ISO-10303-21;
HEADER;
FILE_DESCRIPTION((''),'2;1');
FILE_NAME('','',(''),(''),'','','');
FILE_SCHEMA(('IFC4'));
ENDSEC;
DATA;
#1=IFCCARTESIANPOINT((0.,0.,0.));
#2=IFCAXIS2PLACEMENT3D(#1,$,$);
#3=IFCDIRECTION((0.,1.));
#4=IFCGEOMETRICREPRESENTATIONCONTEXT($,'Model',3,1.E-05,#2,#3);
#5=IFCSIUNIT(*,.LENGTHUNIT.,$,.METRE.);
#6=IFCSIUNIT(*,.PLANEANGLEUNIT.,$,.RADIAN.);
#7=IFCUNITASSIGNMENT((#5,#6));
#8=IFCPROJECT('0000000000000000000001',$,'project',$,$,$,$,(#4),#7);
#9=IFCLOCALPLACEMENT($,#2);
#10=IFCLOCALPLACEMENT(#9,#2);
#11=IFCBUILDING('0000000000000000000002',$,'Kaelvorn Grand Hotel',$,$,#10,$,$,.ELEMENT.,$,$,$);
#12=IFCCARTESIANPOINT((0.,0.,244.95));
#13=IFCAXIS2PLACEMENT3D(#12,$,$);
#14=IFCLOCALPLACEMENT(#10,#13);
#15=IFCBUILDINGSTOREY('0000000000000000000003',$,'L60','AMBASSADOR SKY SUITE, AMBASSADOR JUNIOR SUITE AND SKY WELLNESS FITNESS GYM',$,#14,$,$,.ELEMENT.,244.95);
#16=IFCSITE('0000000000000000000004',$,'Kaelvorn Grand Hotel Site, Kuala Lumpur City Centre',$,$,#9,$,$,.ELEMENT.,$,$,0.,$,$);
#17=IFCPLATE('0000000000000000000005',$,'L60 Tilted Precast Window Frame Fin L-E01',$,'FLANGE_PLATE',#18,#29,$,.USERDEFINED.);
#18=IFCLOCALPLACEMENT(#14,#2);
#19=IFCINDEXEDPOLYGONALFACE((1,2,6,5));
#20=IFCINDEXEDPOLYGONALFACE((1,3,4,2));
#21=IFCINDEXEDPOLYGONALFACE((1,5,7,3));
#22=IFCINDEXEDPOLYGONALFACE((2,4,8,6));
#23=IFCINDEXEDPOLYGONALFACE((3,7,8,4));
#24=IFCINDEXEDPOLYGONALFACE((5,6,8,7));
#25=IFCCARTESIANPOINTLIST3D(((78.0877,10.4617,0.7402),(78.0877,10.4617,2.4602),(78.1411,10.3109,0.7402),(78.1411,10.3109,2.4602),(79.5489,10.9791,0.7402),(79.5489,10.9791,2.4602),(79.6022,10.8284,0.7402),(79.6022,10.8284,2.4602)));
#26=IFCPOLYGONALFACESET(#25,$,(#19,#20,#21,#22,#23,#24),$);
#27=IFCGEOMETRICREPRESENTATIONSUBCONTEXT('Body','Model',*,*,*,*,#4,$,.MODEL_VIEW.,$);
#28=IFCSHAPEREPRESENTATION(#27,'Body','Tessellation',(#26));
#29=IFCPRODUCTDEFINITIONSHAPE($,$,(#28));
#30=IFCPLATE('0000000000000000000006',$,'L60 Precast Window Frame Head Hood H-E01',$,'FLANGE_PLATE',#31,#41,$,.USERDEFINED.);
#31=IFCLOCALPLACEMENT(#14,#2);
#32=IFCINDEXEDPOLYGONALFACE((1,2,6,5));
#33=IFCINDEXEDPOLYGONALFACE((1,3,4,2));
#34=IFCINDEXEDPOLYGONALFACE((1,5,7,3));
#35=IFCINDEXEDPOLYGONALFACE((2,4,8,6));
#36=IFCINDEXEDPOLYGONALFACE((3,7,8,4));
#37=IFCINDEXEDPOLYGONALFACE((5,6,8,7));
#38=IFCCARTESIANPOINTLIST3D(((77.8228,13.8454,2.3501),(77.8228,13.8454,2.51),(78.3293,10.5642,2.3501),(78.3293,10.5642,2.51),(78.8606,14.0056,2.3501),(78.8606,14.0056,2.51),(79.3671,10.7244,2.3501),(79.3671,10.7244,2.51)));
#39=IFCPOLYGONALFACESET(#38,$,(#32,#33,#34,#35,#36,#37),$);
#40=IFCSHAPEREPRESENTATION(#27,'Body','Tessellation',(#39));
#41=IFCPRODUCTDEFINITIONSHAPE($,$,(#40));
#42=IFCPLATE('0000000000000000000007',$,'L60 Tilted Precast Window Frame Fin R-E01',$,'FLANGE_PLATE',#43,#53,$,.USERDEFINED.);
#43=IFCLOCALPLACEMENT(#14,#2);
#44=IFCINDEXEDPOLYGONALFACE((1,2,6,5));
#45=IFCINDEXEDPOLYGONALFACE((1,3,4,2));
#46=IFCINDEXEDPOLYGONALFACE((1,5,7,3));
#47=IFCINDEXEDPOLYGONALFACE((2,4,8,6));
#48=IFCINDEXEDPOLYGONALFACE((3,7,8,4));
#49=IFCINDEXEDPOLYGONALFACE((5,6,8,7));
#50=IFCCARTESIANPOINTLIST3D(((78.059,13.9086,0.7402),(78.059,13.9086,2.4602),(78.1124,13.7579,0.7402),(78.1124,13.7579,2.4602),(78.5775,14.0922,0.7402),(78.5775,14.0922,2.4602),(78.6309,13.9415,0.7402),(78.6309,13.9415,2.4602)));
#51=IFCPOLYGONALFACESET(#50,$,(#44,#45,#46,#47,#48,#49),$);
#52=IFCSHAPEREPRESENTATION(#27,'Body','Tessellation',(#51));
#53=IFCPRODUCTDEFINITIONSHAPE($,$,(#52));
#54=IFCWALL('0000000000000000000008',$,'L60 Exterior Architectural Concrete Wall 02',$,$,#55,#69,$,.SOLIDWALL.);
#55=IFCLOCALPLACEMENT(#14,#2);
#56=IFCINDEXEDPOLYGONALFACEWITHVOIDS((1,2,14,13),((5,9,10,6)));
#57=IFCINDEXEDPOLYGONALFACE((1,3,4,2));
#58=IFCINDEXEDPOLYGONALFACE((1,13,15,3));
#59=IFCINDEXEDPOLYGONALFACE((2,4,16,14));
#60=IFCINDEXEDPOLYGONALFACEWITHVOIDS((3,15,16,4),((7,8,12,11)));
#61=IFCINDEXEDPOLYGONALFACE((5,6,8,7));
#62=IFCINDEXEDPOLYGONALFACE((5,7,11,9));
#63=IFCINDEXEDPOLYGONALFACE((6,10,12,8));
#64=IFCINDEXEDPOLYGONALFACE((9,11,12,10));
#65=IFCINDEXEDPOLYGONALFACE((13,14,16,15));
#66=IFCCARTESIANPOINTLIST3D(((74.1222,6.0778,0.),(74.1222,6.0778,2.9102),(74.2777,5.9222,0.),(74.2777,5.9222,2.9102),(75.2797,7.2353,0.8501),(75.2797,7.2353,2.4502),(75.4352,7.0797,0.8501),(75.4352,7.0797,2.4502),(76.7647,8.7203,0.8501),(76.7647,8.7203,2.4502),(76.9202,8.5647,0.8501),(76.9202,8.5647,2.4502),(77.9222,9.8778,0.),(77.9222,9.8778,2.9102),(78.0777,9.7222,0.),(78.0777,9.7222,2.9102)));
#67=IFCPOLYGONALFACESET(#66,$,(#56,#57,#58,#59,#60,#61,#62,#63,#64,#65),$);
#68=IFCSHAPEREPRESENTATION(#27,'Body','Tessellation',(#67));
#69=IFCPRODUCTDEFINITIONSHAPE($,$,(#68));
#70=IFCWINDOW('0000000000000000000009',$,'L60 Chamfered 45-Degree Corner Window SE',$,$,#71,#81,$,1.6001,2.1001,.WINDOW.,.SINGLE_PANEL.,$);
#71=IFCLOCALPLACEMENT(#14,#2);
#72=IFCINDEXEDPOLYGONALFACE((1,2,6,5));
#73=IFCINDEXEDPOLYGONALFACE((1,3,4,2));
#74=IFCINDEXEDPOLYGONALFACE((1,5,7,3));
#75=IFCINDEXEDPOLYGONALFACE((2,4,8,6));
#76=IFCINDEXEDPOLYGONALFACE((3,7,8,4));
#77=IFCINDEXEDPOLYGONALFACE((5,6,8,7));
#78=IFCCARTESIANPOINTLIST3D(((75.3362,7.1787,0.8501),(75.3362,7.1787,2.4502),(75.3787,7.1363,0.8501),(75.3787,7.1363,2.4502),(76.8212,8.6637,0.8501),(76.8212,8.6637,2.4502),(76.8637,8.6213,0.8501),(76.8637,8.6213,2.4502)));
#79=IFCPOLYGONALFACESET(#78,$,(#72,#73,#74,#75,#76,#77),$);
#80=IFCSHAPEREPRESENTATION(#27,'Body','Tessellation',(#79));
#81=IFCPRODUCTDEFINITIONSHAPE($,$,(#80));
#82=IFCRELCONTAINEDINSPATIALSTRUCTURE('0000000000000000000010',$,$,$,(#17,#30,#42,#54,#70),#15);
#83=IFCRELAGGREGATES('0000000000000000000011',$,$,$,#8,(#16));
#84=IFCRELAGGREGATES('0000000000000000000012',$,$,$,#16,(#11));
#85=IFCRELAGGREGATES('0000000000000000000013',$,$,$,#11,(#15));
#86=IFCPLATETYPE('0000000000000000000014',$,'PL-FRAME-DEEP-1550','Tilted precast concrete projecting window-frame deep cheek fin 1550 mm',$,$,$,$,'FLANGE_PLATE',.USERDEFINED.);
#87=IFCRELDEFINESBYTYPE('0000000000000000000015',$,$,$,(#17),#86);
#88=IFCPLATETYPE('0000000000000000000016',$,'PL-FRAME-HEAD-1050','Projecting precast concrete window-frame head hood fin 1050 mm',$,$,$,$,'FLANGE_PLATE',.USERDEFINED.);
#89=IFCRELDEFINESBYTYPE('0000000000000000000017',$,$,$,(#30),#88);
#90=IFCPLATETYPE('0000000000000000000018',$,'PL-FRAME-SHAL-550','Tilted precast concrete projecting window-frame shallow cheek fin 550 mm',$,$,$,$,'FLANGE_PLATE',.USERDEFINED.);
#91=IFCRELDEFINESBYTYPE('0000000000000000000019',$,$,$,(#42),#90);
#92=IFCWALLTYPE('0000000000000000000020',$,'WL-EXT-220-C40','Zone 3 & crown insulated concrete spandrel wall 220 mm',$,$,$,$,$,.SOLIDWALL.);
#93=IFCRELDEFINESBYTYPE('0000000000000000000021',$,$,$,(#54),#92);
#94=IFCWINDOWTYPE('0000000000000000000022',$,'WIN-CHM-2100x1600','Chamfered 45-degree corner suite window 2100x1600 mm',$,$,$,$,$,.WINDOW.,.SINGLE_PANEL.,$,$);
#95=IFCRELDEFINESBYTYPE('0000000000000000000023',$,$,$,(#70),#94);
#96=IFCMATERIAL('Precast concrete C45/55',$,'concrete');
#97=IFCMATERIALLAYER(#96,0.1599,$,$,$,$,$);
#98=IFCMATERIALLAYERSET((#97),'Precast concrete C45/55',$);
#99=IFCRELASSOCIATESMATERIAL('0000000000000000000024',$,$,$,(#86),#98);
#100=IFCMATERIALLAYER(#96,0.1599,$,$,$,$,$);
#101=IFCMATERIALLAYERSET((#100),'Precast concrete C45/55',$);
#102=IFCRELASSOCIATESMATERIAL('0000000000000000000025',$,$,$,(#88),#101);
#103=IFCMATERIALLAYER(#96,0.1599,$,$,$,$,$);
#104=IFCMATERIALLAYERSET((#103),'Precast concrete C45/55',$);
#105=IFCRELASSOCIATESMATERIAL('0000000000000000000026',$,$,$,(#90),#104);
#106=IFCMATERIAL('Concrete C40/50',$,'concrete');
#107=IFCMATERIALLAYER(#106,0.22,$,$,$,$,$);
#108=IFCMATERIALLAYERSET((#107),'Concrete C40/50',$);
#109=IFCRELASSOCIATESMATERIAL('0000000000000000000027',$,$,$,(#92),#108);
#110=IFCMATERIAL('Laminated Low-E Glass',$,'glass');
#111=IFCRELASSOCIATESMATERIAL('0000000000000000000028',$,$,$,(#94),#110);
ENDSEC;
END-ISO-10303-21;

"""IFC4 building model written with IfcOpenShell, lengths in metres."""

from ifc_helpers import new_model, si_unit, direction, frame, frame_2d, origin, origin_2d, place, context, subcontext, project, spatial, rectangle, extrude, material, layer, layer_set, type_object, element, fill, save


model = new_model("IFC4")

# Units and contexts
model_context = context("Model", 3, precision=1e-05, world=origin(), true_north=direction((0.0, 1.0)))
body_context = subcontext(model_context, "Body", "Model", "MODEL_VIEW")
ifc_project = project(units=[si_unit("LENGTHUNIT", "METRE"), si_unit("PLANEANGLEUNIT", "RADIAN")], contexts=[model_context])

# Site, building, storey
site_placement = place(None, origin())
site = spatial("IfcSite", under=ifc_project, at=site_placement, Name="Kaelvorn Grand Hotel Site, Kuala Lumpur City Centre", CompositionType="ELEMENT", RefElevation=0.0)
building_placement = place(site_placement, origin())
building = spatial("IfcBuilding", under=site, at=building_placement, Name="Kaelvorn Grand Hotel", CompositionType="ELEMENT")
storey_placement = place(building_placement, frame((0.0, 0.0, 244.95)))
storey = spatial("IfcBuildingStorey", under=building, at=storey_placement, Name="L60", Description="AMBASSADOR SKY SUITE, AMBASSADOR JUNIOR SUITE AND SKY WELLNESS FITNESS GYM", CompositionType="ELEMENT", Elevation=244.95)

# Plates
ifc_material_1 = material(Name="Precast concrete C45/55", Category="concrete")
ifc_layer_1 = layer(ifc_material_1, 0.1599)
ifc_layer_set_1 = layer_set([ifc_layer_1], Name="Precast concrete C45/55")
plate_type_1 = type_object("IfcPlateType", Name="PL-FRAME-DEEP-1550", Description="Tilted precast concrete projecting window-frame deep cheek fin 1550 mm", ElementType="FLANGE_PLATE", PredefinedType="USERDEFINED", material=ifc_layer_set_1)
plate_1_placement = place(storey_placement, frame((78.845, 10.645, 0.7402), z_axis=(0.0, 0.0, 1.0), x_axis=(-0.333807, 0.942641, 0.0)))
element("IfcPlate", 1, at=plate_1_placement, inside=storey, type_object=plate_type_1, Name="L60 Tilted Precast Window Frame Fin L-E01", ObjectType="FLANGE_PLATE", PredefinedType="USERDEFINED", context=body_context, shape_type="SweptSolid", body=[
    extrude(rectangle(XDim=0.1599, YDim=1.55, at=origin_2d()), origin(), (0.0, 0.0, 1.0), 1.72),
])
ifc_layer_2 = layer(ifc_material_1, 0.1599)
ifc_layer_set_2 = layer_set([ifc_layer_2], Name="Precast concrete C45/55")
plate_type_2 = type_object("IfcPlateType", Name="PL-FRAME-HEAD-1050", Description="Projecting precast concrete window-frame head hood fin 1050 mm", ElementType="FLANGE_PLATE", PredefinedType="USERDEFINED", material=ifc_layer_set_2)
plate_2_placement = place(storey_placement, frame((78.595, 12.2849, 2.3501), z_axis=(0.0, 0.0, 1.0), x_axis=(-0.152555, 0.988295, 0.0)))
element("IfcPlate", 2, at=plate_2_placement, inside=storey, type_object=plate_type_2, Name="L60 Precast Window Frame Head Hood H-E01", ObjectType="FLANGE_PLATE", PredefinedType="USERDEFINED", context=body_context, shape_type="SweptSolid", body=[
    extrude(rectangle(XDim=3.3201, YDim=1.05, at=origin_2d()), origin(), (0.0, 0.0, 1.0), 0.1599),
])
ifc_layer_3 = layer(ifc_material_1, 0.1599)
ifc_layer_set_3 = layer_set([ifc_layer_3], Name="Precast concrete C45/55")
plate_type_3 = type_object("IfcPlateType", Name="PL-FRAME-SHAL-550", Description="Tilted precast concrete projecting window-frame shallow cheek fin 550 mm", ElementType="FLANGE_PLATE", PredefinedType="USERDEFINED", material=ifc_layer_set_3)
plate_3_placement = place(storey_placement, frame((78.345, 13.925, 0.7402), z_axis=(0.0, 0.0, 1.0), x_axis=(-0.333807, 0.942641, 0.0)))
element("IfcPlate", 3, at=plate_3_placement, inside=storey, type_object=plate_type_3, Name="L60 Tilted Precast Window Frame Fin R-E01", ObjectType="FLANGE_PLATE", PredefinedType="USERDEFINED", context=body_context, shape_type="SweptSolid", body=[
    extrude(rectangle(XDim=0.1599, YDim=0.55, at=origin_2d()), origin(), (0.0, 0.0, 1.0), 1.72),
])

# Wall, opening, window
ifc_material_2 = material(Name="Concrete C40/50", Category="concrete")
ifc_layer_4 = layer(ifc_material_2, 0.22)
ifc_layer_set_4 = layer_set([ifc_layer_4], Name="Concrete C40/50")
wall_type_1 = type_object("IfcWallType", Name="WL-EXT-220-C40", Description="Zone 3 & crown insulated concrete spandrel wall 220 mm", PredefinedType="SOLIDWALL", material=ifc_layer_set_4)
wall_1_placement = place(storey_placement, frame((74.2, 6.0, 0.0), z_axis=(0.0, 0.0, 1.0), x_axis=(0.707107, 0.707107, 0.0)))
wall_1 = element("IfcWall", 4, at=wall_1_placement, inside=storey, type_object=wall_type_1, Name="L60 Exterior Architectural Concrete Wall 02", PredefinedType="SOLIDWALL", context=body_context, shape_type="SweptSolid", body=[
    extrude(rectangle(XDim=5.374, YDim=0.22, at=frame_2d((2.687, 0.0))), origin(), (0.0, 0.0, 1.0), 2.9102),
])
opening_1_placement = place(wall_1_placement, frame((1.637, 0.0, 0.8501)))
opening_1 = element("IfcOpeningElement", 5, at=opening_1_placement, cuts=wall_1, PredefinedType="OPENING", context=body_context, shape_type="SweptSolid", body=[
    extrude(rectangle(XDim=2.1001, YDim=1.6001, at=frame_2d((1.05, 0.8))), frame((0.0, 0.1201, 0.0), z_axis=(0.0, -1.0, 0.0), x_axis=(1.0, 0.0, 0.0)), (0.0, 0.0, 1.0), 0.24),
])
ifc_material_3 = material(Name="Laminated Low-E Glass", Category="glass")
window_type_1 = type_object("IfcWindowType", Name="WIN-CHM-2100x1600", Description="Chamfered 45-degree corner suite window 2100x1600 mm", PartitioningType="SINGLE_PANEL", PredefinedType="WINDOW", material=ifc_material_3)
window_1_placement = place(opening_1_placement, origin())
window_1 = element("IfcWindow", 6, at=window_1_placement, inside=storey, type_object=window_type_1, Name="L60 Chamfered 45-Degree Corner Window SE", OverallHeight=1.6001, OverallWidth=2.1001, PartitioningType="SINGLE_PANEL", PredefinedType="WINDOW", context=body_context, shape_type="SweptSolid", body=[
    extrude(rectangle(XDim=2.1001, YDim=1.6001, at=frame_2d((1.05, 0.8))), frame((0.0, 0.03, 0.0), z_axis=(0.0, -1.0, 0.0), x_axis=(1.0, 0.0, 0.0)), (0.0, 0.0, 1.0), 0.0601),
])
fill(opening_1, window_1)

save(model, "model.ifc")
